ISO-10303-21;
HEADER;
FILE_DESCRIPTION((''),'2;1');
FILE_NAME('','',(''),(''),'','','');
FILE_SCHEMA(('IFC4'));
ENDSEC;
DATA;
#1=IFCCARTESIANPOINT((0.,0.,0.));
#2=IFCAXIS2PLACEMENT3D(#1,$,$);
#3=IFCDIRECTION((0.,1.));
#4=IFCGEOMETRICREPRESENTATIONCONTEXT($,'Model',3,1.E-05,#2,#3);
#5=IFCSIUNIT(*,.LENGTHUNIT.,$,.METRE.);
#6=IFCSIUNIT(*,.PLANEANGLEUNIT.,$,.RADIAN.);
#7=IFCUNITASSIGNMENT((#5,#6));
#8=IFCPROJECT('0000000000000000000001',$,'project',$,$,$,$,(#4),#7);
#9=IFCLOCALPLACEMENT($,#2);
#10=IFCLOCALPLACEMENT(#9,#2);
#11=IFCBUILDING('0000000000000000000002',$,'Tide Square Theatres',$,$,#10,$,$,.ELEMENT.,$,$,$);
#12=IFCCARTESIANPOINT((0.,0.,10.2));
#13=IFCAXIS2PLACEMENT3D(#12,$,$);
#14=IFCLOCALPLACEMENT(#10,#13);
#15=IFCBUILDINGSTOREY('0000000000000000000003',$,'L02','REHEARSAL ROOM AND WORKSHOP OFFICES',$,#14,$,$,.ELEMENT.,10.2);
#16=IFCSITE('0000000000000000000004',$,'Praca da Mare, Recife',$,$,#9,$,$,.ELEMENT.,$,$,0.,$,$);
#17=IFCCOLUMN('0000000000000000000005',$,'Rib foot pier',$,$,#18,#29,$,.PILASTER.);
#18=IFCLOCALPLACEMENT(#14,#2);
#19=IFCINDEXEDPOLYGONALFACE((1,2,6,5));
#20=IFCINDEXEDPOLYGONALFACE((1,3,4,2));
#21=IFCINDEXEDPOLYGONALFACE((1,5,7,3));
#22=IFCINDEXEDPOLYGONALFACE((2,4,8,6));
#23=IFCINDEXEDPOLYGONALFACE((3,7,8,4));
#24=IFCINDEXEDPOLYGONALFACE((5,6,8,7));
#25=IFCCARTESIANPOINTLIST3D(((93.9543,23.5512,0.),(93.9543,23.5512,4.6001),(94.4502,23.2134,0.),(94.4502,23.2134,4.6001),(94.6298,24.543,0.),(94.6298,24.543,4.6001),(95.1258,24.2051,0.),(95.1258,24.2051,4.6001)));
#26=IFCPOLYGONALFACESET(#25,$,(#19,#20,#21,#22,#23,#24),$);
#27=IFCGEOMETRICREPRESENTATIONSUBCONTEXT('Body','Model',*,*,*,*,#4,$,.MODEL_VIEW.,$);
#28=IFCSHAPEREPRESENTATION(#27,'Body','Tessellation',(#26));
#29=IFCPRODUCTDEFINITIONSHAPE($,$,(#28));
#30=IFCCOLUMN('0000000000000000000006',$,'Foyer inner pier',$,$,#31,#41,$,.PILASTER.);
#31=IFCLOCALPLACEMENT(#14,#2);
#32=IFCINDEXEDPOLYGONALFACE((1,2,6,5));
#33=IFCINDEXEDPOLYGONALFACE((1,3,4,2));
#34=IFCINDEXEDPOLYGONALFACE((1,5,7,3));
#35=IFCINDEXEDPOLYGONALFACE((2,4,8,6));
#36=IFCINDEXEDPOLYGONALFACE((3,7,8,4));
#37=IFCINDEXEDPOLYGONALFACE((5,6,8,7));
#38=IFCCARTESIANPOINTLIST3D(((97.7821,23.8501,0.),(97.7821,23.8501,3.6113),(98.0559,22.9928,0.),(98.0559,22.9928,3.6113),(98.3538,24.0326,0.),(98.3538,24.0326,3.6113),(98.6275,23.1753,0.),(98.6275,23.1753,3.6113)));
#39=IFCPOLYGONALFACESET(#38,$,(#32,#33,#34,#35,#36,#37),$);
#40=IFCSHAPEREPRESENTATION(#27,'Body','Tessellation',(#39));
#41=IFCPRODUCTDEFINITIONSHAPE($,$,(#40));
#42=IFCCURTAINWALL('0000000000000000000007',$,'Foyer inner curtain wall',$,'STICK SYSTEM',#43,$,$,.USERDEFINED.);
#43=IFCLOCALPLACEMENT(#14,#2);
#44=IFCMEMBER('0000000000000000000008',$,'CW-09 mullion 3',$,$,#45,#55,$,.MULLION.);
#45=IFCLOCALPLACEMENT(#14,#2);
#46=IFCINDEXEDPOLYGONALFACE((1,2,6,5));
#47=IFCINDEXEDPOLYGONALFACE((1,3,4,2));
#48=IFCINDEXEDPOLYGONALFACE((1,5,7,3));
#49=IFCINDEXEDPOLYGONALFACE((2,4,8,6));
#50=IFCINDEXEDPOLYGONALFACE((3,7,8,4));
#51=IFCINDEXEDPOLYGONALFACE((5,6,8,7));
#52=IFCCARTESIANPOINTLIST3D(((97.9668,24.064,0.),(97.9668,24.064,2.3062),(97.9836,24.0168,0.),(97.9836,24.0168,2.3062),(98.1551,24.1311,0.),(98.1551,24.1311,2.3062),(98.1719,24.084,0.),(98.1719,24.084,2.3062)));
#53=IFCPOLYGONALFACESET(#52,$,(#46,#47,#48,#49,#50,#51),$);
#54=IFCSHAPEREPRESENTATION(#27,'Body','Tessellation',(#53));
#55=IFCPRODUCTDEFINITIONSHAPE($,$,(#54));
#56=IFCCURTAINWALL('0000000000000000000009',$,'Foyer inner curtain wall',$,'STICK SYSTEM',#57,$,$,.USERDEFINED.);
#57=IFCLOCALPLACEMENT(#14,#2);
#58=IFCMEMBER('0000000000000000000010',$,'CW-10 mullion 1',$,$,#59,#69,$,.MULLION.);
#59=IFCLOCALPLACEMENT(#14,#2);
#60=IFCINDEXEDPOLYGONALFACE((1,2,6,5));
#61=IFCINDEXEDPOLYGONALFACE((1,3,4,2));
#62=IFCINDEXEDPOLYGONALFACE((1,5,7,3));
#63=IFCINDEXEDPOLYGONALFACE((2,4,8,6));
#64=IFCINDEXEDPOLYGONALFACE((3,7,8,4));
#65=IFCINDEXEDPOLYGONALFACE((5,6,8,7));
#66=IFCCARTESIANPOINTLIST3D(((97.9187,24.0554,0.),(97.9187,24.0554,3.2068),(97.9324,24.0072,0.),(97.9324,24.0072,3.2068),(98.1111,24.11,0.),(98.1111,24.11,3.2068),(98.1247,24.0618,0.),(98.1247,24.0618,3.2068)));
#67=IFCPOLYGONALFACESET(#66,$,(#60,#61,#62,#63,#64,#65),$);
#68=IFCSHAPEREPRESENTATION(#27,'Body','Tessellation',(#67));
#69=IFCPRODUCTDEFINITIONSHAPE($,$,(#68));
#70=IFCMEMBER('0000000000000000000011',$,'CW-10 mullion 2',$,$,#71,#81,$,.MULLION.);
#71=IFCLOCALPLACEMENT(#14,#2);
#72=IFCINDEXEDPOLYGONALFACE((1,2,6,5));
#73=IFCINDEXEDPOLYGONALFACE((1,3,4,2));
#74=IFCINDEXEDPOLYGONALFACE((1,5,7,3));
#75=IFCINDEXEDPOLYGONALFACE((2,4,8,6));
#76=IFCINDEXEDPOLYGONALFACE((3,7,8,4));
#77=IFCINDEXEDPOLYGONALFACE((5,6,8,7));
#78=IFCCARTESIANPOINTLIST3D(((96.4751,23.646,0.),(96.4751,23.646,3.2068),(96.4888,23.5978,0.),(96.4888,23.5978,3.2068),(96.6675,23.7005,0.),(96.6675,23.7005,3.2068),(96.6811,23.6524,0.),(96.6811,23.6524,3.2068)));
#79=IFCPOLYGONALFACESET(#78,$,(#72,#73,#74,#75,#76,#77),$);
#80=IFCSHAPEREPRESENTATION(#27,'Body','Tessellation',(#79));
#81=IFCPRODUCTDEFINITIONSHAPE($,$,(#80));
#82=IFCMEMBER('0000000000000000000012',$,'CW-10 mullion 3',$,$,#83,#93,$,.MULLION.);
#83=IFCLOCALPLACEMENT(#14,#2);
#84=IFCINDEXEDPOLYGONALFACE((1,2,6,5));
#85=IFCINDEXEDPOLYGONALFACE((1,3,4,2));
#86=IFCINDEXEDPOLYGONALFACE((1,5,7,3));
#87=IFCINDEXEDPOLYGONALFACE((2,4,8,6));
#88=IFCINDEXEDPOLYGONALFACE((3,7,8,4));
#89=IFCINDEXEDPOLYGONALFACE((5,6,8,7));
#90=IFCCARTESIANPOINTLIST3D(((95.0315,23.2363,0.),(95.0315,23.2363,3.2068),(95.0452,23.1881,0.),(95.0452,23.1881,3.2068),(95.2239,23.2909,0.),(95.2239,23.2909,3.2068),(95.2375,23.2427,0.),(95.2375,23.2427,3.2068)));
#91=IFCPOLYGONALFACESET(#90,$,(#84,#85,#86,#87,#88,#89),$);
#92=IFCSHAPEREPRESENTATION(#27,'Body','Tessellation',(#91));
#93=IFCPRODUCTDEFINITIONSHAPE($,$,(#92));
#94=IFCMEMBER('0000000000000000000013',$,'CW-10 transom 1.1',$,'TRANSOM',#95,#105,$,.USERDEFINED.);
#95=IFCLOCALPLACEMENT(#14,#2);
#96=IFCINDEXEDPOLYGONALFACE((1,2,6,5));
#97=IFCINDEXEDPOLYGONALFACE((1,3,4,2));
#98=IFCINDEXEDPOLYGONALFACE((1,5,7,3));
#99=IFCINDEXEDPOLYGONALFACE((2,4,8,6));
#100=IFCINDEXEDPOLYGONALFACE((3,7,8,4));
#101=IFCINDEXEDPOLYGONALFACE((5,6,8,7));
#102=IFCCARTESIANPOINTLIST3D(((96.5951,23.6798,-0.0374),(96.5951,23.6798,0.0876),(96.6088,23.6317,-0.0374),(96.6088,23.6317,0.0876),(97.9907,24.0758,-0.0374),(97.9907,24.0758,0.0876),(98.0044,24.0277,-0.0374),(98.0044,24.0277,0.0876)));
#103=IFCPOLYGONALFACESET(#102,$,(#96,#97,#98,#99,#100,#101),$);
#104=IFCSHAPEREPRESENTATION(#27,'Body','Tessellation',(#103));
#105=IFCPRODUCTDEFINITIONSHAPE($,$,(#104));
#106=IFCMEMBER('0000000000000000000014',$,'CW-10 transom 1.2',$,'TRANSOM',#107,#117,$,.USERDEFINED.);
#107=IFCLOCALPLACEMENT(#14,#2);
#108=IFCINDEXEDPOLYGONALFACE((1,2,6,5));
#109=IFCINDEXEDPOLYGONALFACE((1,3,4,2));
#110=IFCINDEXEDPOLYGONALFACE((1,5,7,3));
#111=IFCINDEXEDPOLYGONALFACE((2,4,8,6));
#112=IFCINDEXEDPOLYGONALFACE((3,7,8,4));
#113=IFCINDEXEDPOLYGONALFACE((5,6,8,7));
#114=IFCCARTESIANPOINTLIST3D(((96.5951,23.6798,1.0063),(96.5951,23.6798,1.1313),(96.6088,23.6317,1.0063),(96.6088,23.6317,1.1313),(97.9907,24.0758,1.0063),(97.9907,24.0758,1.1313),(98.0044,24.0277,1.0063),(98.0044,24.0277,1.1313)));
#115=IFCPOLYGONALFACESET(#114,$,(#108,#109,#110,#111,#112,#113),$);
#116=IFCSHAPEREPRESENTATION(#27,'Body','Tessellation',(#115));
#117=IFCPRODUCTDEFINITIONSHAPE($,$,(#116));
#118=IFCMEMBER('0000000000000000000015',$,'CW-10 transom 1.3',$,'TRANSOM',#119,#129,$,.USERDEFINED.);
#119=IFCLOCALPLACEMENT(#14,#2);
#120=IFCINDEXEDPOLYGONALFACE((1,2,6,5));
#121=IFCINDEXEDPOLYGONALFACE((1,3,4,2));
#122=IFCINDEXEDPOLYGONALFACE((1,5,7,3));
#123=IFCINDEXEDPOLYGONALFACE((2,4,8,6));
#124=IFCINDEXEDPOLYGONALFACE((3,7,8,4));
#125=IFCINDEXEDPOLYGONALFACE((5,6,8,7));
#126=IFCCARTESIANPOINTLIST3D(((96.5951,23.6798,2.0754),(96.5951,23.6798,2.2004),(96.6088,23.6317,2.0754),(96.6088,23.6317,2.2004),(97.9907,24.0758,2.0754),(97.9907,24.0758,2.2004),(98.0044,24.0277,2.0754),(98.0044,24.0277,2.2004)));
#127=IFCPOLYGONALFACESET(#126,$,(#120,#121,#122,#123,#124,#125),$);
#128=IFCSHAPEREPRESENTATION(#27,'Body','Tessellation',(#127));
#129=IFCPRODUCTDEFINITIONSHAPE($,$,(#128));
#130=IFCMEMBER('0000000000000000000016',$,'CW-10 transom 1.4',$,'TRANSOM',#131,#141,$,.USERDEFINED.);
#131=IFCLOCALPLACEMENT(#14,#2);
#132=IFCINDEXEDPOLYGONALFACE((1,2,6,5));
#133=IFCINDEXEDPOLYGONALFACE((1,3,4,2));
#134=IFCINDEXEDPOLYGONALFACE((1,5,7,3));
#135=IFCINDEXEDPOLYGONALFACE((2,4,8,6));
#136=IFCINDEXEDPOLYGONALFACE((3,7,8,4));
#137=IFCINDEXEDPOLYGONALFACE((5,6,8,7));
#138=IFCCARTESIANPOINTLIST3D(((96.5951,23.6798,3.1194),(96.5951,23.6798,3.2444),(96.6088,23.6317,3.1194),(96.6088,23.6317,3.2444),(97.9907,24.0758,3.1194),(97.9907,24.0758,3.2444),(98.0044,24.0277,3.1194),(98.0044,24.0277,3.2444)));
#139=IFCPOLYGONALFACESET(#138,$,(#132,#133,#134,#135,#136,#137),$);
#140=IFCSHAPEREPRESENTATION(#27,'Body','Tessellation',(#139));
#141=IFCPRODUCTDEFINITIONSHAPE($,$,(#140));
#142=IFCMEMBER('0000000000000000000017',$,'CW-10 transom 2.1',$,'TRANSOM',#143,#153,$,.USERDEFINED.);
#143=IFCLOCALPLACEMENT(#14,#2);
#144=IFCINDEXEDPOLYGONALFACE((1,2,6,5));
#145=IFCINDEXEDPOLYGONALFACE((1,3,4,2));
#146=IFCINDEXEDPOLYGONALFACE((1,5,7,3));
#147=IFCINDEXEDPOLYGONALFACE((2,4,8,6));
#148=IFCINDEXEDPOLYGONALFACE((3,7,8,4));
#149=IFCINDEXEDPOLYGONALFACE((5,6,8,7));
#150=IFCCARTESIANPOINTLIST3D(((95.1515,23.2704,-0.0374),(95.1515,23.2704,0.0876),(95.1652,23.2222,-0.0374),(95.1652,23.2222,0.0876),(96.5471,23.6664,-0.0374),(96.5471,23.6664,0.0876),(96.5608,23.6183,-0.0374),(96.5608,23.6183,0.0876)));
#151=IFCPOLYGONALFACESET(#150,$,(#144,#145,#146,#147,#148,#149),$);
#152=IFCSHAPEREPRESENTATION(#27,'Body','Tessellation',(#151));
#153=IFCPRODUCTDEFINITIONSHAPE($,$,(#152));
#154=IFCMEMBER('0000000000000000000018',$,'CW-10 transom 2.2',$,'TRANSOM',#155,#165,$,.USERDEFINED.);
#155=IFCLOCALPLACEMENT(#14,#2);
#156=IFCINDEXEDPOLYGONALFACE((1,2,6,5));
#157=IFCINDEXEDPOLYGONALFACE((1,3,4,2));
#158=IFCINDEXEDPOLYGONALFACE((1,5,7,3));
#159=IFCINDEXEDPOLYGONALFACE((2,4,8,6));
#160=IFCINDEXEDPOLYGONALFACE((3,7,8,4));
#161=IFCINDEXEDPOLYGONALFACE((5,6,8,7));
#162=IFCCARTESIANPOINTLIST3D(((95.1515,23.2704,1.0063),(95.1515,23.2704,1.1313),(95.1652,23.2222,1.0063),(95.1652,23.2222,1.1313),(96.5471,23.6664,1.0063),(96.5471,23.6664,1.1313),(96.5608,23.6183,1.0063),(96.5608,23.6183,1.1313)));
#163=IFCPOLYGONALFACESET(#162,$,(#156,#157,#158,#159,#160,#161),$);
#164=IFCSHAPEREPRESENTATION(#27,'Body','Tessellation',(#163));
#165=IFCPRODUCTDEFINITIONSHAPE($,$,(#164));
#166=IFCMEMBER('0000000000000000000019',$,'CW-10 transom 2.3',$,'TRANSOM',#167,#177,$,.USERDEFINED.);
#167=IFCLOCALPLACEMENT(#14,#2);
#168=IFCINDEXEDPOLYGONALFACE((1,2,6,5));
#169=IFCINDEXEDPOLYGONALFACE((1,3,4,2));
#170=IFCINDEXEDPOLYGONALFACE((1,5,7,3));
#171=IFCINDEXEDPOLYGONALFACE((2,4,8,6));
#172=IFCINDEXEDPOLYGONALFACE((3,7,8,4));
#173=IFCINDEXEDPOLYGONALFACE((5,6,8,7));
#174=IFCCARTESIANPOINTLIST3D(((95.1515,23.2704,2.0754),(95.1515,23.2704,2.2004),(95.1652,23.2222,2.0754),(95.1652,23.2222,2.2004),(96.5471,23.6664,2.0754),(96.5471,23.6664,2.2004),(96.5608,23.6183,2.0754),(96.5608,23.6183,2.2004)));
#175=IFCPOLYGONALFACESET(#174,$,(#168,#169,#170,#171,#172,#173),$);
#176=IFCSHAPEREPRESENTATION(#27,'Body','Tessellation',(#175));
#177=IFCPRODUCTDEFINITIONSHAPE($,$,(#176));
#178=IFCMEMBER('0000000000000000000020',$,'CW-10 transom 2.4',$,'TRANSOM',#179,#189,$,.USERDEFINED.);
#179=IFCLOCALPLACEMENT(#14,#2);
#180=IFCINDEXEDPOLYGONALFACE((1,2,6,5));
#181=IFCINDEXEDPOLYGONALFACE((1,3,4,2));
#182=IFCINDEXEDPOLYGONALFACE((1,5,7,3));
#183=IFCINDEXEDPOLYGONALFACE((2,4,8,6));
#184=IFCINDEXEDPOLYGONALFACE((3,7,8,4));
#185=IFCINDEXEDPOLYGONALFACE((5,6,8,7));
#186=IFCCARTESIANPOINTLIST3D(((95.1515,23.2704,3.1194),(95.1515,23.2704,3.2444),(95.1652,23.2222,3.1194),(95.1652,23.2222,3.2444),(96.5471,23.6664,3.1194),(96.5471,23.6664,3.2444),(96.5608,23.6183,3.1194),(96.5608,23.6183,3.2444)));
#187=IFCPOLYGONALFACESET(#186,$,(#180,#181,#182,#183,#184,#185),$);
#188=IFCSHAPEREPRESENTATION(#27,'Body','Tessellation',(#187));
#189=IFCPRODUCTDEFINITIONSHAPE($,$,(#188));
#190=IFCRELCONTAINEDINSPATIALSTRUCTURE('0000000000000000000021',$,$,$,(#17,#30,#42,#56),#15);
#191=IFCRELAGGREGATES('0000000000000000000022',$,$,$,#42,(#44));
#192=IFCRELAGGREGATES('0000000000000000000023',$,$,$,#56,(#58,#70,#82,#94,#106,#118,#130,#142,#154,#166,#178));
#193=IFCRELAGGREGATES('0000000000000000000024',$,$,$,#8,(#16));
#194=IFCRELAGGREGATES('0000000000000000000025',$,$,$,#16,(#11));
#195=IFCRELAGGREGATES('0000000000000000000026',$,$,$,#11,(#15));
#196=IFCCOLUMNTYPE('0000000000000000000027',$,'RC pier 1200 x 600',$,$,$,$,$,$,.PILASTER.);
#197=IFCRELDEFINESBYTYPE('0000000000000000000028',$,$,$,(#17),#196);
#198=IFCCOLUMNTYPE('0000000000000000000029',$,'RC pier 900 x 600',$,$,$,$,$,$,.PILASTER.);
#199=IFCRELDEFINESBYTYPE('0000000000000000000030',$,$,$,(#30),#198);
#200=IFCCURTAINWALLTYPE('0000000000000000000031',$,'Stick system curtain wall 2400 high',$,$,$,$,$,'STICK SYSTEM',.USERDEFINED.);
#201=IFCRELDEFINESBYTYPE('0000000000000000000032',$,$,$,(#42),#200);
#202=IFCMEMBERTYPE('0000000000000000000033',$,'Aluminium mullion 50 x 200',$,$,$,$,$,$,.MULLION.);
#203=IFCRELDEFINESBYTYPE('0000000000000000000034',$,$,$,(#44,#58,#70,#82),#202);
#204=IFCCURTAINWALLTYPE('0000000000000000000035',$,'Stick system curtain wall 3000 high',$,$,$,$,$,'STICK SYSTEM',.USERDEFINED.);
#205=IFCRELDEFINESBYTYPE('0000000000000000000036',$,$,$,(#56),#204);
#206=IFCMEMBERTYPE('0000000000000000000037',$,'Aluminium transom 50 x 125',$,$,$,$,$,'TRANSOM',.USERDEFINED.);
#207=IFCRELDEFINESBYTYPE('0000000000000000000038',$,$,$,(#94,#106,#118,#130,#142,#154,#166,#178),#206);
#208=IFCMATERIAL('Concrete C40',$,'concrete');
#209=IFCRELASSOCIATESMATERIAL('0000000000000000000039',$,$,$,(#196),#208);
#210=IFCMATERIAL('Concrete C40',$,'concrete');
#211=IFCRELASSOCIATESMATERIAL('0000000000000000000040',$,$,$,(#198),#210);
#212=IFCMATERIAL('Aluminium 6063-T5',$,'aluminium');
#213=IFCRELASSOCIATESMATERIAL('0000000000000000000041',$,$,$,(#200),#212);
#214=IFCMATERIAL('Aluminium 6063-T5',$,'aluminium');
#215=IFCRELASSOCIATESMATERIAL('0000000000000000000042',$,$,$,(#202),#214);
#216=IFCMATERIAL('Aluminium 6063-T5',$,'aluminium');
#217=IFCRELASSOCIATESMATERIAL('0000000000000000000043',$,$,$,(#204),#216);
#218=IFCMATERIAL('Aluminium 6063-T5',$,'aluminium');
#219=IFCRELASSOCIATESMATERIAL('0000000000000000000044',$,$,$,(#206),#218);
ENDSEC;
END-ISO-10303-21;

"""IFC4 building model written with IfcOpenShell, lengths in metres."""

from ifc_helpers import new_model, si_unit, direction, frame, origin, origin_2d, place, context, subcontext, project, spatial, rectangle, extrude, material, material_profile, profile_set, type_object, element, aggregate, save


model = new_model("IFC4")

# Units and contexts
model_context = context("Model", 3, precision=1e-05, world=origin(), true_north=direction((0.0, 1.0)))
body_context = subcontext(model_context, "Body", "Model", "MODEL_VIEW")
ifc_project = project(units=[si_unit("LENGTHUNIT", "METRE"), si_unit("PLANEANGLEUNIT", "RADIAN")], contexts=[model_context])

# Site, building, storey
site_placement = place(None, origin())
site = spatial("IfcSite", under=ifc_project, at=site_placement, Name="Praca da Mare, Recife", CompositionType="ELEMENT", RefElevation=0.0)
building_placement = place(site_placement, origin())
building = spatial("IfcBuilding", under=site, at=building_placement, Name="Tide Square Theatres", CompositionType="ELEMENT")
storey_placement = place(building_placement, frame((0.0, 0.0, 10.2)))
storey = spatial("IfcBuildingStorey", under=building, at=storey_placement, Name="L02", Description="REHEARSAL ROOM AND WORKSHOP OFFICES", CompositionType="ELEMENT", Elevation=10.2)

# Columns
ifc_material_1 = material(Name="Concrete C40", Category="concrete")
ifc_material_profile_1 = material_profile(ifc_material_1, rectangle(XDim=1.2, YDim=0.6001, at=origin_2d()))
ifc_profile_set_1 = profile_set([ifc_material_profile_1], Name="Concrete C40")
column_type_1 = type_object("IfcColumnType", Name="RC pier 1200 x 600", PredefinedType="PILASTER", material=ifc_profile_set_1)
column_1_placement = place(storey_placement, frame((94.54, 23.8782, 0.0), z_axis=(0.0, 0.0, 1.0), x_axis=(0.562978, 0.826472, 0.0)))
element("IfcColumn", 1, at=column_1_placement, inside=storey, type_object=column_type_1, Name="Rib foot pier", PredefinedType="PILASTER", context=body_context, shape_type="SweptSolid", body=[
    extrude(rectangle(XDim=1.2, YDim=0.6001, at=origin_2d()), origin(), (0.0, 0.0, 1.0), 4.6001),
])
ifc_material_2 = material(Name="Concrete C40", Category="concrete")
ifc_material_profile_2 = material_profile(ifc_material_2, rectangle(XDim=0.8999, YDim=0.6001, at=origin_2d()))
ifc_profile_set_2 = profile_set([ifc_material_profile_2], Name="Concrete C40")
column_type_2 = type_object("IfcColumnType", Name="RC pier 900 x 600", PredefinedType="PILASTER", material=ifc_profile_set_2)
column_2_placement = place(storey_placement, frame((98.2048, 23.5127, 0.0), z_axis=(0.0, 0.0, 1.0), x_axis=(0.304171, -0.952617, 0.0)))
element("IfcColumn", 2, at=column_2_placement, inside=storey, type_object=column_type_2, Name="Foyer inner pier", PredefinedType="PILASTER", context=body_context, shape_type="SweptSolid", body=[
    extrude(rectangle(XDim=0.8999, YDim=0.6001, at=origin_2d()), origin(), (0.0, 0.0, 1.0), 3.6113),
])

# Curtain wall, member
ifc_material_3 = material(Name="Aluminium 6063-T5", Category="aluminium")
curtain_wall_type_1 = type_object("IfcCurtainWallType", Name="Stick system curtain wall 2400 high", ElementType="STICK SYSTEM", PredefinedType="USERDEFINED", material=ifc_material_3)
curtain_wall_1_placement = place(storey_placement, origin())
curtain_wall_1 = element("IfcCurtainWall", 3, at=curtain_wall_1_placement, inside=storey, type_object=curtain_wall_type_1, Name="Foyer inner curtain wall", ObjectType="STICK SYSTEM", PredefinedType="USERDEFINED")
ifc_material_4 = material(Name="Aluminium 6063-T5", Category="aluminium")
ifc_material_profile_3 = material_profile(ifc_material_4, rectangle(XDim=0.05, YDim=0.2, at=origin_2d()))
ifc_profile_set_3 = profile_set([ifc_material_profile_3], Name="Aluminium 6063-T5")
member_type_1 = type_object("IfcMemberType", Name="Aluminium mullion 50 x 200", PredefinedType="MULLION", material=ifc_profile_set_3)
member_1_placement = place(storey_placement, frame((98.0693, 24.074, 0.0), z_axis=(0.0, 0.0, 1.0), x_axis=(0.335723, -0.941961, 0.0)))
member_1 = element("IfcMember", 4, at=member_1_placement, type_object=member_type_1, Name="CW-09 mullion 3", PredefinedType="MULLION", context=body_context, shape_type="SweptSolid", body=[
    extrude(rectangle(XDim=0.05, YDim=0.2, at=origin_2d()), origin(), (0.0, 0.0, 1.0), 2.3062),
])
aggregate(curtain_wall_1, [member_1])

# Curtain wall, members
ifc_material_5 = material(Name="Aluminium 6063-T5", Category="aluminium")
curtain_wall_type_2 = type_object("IfcCurtainWallType", Name="Stick system curtain wall 3000 high", ElementType="STICK SYSTEM", PredefinedType="USERDEFINED", material=ifc_material_5)
curtain_wall_2_placement = place(storey_placement, origin())
curtain_wall_2 = element("IfcCurtainWall", 5, at=curtain_wall_2_placement, inside=storey, type_object=curtain_wall_type_2, Name="Foyer inner curtain wall", ObjectType="STICK SYSTEM", PredefinedType="USERDEFINED")
member_2_placement = place(storey_placement, frame((98.0217, 24.0586, 0.0), z_axis=(0.0, 0.0, 1.0), x_axis=(0.272976, -0.962021, 0.0)))
member_2 = element("IfcMember", 6, at=member_2_placement, type_object=member_type_1, Name="CW-10 mullion 1", PredefinedType="MULLION", context=body_context, shape_type="SweptSolid", body=[
    extrude(rectangle(XDim=0.05, YDim=0.2, at=origin_2d()), origin(), (0.0, 0.0, 1.0), 3.2068),
])
member_3_placement = place(storey_placement, frame((96.5781, 23.6492, 0.0), z_axis=(0.0, 0.0, 1.0), x_axis=(0.272976, -0.962021, 0.0)))
member_3 = element("IfcMember", 7, at=member_3_placement, type_object=member_type_1, Name="CW-10 mullion 2", PredefinedType="MULLION", context=body_context, shape_type="SweptSolid", body=[
    extrude(rectangle(XDim=0.05, YDim=0.2, at=origin_2d()), origin(), (0.0, 0.0, 1.0), 3.2068),
])
member_4_placement = place(storey_placement, frame((95.1345, 23.2395, 0.0), z_axis=(0.0, 0.0, 1.0), x_axis=(0.272976, -0.962021, 0.0)))
member_4 = element("IfcMember", 8, at=member_4_placement, type_object=member_type_1, Name="CW-10 mullion 3", PredefinedType="MULLION", context=body_context, shape_type="SweptSolid", body=[
    extrude(rectangle(XDim=0.05, YDim=0.2, at=origin_2d()), origin(), (0.0, 0.0, 1.0), 3.2068),
])
ifc_material_6 = material(Name="Aluminium 6063-T5", Category="aluminium")
ifc_material_profile_4 = material_profile(ifc_material_6, rectangle(XDim=0.05, YDim=0.125, at=origin_2d()))
ifc_profile_set_4 = profile_set([ifc_material_profile_4], Name="Aluminium 6063-T5")
member_type_2 = type_object("IfcMemberType", Name="Aluminium transom 50 x 125", ElementType="TRANSOM", PredefinedType="USERDEFINED", material=ifc_profile_set_4)
member_5_placement = place(storey_placement, frame((97.9976, 24.0518, 0.0251), z_axis=(-0.962018, -0.272987, 0.0), x_axis=(0.272987, -0.962018, 0.0)))
member_5 = element("IfcMember", 9, at=member_5_placement, type_object=member_type_2, Name="CW-10 transom 1.1", ObjectType="TRANSOM", PredefinedType="USERDEFINED", context=body_context, shape_type="SweptSolid", body=[
    extrude(rectangle(XDim=0.05, YDim=0.125, at=origin_2d()), origin(), (0.0, 0.0, 1.0), 1.4507),
])
member_6_placement = place(storey_placement, frame((97.9976, 24.0518, 1.0688), z_axis=(-0.962018, -0.272987, 0.0), x_axis=(0.272987, -0.962018, 0.0)))
member_6 = element("IfcMember", 10, at=member_6_placement, type_object=member_type_2, Name="CW-10 transom 1.2", ObjectType="TRANSOM", PredefinedType="USERDEFINED", context=body_context, shape_type="SweptSolid", body=[
    extrude(rectangle(XDim=0.05, YDim=0.125, at=origin_2d()), origin(), (0.0, 0.0, 1.0), 1.4507),
])
member_7_placement = place(storey_placement, frame((97.9976, 24.0518, 2.1379), z_axis=(-0.962018, -0.272987, 0.0), x_axis=(0.272987, -0.962018, 0.0)))
member_7 = element("IfcMember", 11, at=member_7_placement, type_object=member_type_2, Name="CW-10 transom 1.3", ObjectType="TRANSOM", PredefinedType="USERDEFINED", context=body_context, shape_type="SweptSolid", body=[
    extrude(rectangle(XDim=0.05, YDim=0.125, at=origin_2d()), origin(), (0.0, 0.0, 1.0), 1.4507),
])
member_8_placement = place(storey_placement, frame((97.9976, 24.0518, 3.1819), z_axis=(-0.962018, -0.272987, 0.0), x_axis=(0.272987, -0.962018, 0.0)))
member_8 = element("IfcMember", 12, at=member_8_placement, type_object=member_type_2, Name="CW-10 transom 1.4", ObjectType="TRANSOM", PredefinedType="USERDEFINED", context=body_context, shape_type="SweptSolid", body=[
    extrude(rectangle(XDim=0.05, YDim=0.125, at=origin_2d()), origin(), (0.0, 0.0, 1.0), 1.4507),
])
member_9_placement = place(storey_placement, frame((96.554, 23.6423, 0.0251), z_axis=(-0.962018, -0.272987, 0.0), x_axis=(0.272987, -0.962018, 0.0)))
member_9 = element("IfcMember", 13, at=member_9_placement, type_object=member_type_2, Name="CW-10 transom 2.1", ObjectType="TRANSOM", PredefinedType="USERDEFINED", context=body_context, shape_type="SweptSolid", body=[
    extrude(rectangle(XDim=0.05, YDim=0.125, at=origin_2d()), origin(), (0.0, 0.0, 1.0), 1.4507),
])
member_10_placement = place(storey_placement, frame((96.554, 23.6423, 1.0688), z_axis=(-0.962018, -0.272987, 0.0), x_axis=(0.272987, -0.962018, 0.0)))
member_10 = element("IfcMember", 14, at=member_10_placement, type_object=member_type_2, Name="CW-10 transom 2.2", ObjectType="TRANSOM", PredefinedType="USERDEFINED", context=body_context, shape_type="SweptSolid", body=[
    extrude(rectangle(XDim=0.05, YDim=0.125, at=origin_2d()), origin(), (0.0, 0.0, 1.0), 1.4507),
])
member_11_placement = place(storey_placement, frame((96.554, 23.6423, 2.1379), z_axis=(-0.962018, -0.272987, 0.0), x_axis=(0.272987, -0.962018, 0.0)))
member_11 = element("IfcMember", 15, at=member_11_placement, type_object=member_type_2, Name="CW-10 transom 2.3", ObjectType="TRANSOM", PredefinedType="USERDEFINED", context=body_context, shape_type="SweptSolid", body=[
    extrude(rectangle(XDim=0.05, YDim=0.125, at=origin_2d()), origin(), (0.0, 0.0, 1.0), 1.4507),
])
member_12_placement = place(storey_placement, frame((96.554, 23.6423, 3.1819), z_axis=(-0.962018, -0.272987, 0.0), x_axis=(0.272987, -0.962018, 0.0)))
member_12 = element("IfcMember", 16, at=member_12_placement, type_object=member_type_2, Name="CW-10 transom 2.4", ObjectType="TRANSOM", PredefinedType="USERDEFINED", context=body_context, shape_type="SweptSolid", body=[
    extrude(rectangle(XDim=0.05, YDim=0.125, at=origin_2d()), origin(), (0.0, 0.0, 1.0), 1.4507),
])

aggregate(curtain_wall_2, [member_2, member_3, member_4, member_5, member_6, member_7, member_8, member_9, member_10, member_11, member_12])

save(model, "model.ifc")
